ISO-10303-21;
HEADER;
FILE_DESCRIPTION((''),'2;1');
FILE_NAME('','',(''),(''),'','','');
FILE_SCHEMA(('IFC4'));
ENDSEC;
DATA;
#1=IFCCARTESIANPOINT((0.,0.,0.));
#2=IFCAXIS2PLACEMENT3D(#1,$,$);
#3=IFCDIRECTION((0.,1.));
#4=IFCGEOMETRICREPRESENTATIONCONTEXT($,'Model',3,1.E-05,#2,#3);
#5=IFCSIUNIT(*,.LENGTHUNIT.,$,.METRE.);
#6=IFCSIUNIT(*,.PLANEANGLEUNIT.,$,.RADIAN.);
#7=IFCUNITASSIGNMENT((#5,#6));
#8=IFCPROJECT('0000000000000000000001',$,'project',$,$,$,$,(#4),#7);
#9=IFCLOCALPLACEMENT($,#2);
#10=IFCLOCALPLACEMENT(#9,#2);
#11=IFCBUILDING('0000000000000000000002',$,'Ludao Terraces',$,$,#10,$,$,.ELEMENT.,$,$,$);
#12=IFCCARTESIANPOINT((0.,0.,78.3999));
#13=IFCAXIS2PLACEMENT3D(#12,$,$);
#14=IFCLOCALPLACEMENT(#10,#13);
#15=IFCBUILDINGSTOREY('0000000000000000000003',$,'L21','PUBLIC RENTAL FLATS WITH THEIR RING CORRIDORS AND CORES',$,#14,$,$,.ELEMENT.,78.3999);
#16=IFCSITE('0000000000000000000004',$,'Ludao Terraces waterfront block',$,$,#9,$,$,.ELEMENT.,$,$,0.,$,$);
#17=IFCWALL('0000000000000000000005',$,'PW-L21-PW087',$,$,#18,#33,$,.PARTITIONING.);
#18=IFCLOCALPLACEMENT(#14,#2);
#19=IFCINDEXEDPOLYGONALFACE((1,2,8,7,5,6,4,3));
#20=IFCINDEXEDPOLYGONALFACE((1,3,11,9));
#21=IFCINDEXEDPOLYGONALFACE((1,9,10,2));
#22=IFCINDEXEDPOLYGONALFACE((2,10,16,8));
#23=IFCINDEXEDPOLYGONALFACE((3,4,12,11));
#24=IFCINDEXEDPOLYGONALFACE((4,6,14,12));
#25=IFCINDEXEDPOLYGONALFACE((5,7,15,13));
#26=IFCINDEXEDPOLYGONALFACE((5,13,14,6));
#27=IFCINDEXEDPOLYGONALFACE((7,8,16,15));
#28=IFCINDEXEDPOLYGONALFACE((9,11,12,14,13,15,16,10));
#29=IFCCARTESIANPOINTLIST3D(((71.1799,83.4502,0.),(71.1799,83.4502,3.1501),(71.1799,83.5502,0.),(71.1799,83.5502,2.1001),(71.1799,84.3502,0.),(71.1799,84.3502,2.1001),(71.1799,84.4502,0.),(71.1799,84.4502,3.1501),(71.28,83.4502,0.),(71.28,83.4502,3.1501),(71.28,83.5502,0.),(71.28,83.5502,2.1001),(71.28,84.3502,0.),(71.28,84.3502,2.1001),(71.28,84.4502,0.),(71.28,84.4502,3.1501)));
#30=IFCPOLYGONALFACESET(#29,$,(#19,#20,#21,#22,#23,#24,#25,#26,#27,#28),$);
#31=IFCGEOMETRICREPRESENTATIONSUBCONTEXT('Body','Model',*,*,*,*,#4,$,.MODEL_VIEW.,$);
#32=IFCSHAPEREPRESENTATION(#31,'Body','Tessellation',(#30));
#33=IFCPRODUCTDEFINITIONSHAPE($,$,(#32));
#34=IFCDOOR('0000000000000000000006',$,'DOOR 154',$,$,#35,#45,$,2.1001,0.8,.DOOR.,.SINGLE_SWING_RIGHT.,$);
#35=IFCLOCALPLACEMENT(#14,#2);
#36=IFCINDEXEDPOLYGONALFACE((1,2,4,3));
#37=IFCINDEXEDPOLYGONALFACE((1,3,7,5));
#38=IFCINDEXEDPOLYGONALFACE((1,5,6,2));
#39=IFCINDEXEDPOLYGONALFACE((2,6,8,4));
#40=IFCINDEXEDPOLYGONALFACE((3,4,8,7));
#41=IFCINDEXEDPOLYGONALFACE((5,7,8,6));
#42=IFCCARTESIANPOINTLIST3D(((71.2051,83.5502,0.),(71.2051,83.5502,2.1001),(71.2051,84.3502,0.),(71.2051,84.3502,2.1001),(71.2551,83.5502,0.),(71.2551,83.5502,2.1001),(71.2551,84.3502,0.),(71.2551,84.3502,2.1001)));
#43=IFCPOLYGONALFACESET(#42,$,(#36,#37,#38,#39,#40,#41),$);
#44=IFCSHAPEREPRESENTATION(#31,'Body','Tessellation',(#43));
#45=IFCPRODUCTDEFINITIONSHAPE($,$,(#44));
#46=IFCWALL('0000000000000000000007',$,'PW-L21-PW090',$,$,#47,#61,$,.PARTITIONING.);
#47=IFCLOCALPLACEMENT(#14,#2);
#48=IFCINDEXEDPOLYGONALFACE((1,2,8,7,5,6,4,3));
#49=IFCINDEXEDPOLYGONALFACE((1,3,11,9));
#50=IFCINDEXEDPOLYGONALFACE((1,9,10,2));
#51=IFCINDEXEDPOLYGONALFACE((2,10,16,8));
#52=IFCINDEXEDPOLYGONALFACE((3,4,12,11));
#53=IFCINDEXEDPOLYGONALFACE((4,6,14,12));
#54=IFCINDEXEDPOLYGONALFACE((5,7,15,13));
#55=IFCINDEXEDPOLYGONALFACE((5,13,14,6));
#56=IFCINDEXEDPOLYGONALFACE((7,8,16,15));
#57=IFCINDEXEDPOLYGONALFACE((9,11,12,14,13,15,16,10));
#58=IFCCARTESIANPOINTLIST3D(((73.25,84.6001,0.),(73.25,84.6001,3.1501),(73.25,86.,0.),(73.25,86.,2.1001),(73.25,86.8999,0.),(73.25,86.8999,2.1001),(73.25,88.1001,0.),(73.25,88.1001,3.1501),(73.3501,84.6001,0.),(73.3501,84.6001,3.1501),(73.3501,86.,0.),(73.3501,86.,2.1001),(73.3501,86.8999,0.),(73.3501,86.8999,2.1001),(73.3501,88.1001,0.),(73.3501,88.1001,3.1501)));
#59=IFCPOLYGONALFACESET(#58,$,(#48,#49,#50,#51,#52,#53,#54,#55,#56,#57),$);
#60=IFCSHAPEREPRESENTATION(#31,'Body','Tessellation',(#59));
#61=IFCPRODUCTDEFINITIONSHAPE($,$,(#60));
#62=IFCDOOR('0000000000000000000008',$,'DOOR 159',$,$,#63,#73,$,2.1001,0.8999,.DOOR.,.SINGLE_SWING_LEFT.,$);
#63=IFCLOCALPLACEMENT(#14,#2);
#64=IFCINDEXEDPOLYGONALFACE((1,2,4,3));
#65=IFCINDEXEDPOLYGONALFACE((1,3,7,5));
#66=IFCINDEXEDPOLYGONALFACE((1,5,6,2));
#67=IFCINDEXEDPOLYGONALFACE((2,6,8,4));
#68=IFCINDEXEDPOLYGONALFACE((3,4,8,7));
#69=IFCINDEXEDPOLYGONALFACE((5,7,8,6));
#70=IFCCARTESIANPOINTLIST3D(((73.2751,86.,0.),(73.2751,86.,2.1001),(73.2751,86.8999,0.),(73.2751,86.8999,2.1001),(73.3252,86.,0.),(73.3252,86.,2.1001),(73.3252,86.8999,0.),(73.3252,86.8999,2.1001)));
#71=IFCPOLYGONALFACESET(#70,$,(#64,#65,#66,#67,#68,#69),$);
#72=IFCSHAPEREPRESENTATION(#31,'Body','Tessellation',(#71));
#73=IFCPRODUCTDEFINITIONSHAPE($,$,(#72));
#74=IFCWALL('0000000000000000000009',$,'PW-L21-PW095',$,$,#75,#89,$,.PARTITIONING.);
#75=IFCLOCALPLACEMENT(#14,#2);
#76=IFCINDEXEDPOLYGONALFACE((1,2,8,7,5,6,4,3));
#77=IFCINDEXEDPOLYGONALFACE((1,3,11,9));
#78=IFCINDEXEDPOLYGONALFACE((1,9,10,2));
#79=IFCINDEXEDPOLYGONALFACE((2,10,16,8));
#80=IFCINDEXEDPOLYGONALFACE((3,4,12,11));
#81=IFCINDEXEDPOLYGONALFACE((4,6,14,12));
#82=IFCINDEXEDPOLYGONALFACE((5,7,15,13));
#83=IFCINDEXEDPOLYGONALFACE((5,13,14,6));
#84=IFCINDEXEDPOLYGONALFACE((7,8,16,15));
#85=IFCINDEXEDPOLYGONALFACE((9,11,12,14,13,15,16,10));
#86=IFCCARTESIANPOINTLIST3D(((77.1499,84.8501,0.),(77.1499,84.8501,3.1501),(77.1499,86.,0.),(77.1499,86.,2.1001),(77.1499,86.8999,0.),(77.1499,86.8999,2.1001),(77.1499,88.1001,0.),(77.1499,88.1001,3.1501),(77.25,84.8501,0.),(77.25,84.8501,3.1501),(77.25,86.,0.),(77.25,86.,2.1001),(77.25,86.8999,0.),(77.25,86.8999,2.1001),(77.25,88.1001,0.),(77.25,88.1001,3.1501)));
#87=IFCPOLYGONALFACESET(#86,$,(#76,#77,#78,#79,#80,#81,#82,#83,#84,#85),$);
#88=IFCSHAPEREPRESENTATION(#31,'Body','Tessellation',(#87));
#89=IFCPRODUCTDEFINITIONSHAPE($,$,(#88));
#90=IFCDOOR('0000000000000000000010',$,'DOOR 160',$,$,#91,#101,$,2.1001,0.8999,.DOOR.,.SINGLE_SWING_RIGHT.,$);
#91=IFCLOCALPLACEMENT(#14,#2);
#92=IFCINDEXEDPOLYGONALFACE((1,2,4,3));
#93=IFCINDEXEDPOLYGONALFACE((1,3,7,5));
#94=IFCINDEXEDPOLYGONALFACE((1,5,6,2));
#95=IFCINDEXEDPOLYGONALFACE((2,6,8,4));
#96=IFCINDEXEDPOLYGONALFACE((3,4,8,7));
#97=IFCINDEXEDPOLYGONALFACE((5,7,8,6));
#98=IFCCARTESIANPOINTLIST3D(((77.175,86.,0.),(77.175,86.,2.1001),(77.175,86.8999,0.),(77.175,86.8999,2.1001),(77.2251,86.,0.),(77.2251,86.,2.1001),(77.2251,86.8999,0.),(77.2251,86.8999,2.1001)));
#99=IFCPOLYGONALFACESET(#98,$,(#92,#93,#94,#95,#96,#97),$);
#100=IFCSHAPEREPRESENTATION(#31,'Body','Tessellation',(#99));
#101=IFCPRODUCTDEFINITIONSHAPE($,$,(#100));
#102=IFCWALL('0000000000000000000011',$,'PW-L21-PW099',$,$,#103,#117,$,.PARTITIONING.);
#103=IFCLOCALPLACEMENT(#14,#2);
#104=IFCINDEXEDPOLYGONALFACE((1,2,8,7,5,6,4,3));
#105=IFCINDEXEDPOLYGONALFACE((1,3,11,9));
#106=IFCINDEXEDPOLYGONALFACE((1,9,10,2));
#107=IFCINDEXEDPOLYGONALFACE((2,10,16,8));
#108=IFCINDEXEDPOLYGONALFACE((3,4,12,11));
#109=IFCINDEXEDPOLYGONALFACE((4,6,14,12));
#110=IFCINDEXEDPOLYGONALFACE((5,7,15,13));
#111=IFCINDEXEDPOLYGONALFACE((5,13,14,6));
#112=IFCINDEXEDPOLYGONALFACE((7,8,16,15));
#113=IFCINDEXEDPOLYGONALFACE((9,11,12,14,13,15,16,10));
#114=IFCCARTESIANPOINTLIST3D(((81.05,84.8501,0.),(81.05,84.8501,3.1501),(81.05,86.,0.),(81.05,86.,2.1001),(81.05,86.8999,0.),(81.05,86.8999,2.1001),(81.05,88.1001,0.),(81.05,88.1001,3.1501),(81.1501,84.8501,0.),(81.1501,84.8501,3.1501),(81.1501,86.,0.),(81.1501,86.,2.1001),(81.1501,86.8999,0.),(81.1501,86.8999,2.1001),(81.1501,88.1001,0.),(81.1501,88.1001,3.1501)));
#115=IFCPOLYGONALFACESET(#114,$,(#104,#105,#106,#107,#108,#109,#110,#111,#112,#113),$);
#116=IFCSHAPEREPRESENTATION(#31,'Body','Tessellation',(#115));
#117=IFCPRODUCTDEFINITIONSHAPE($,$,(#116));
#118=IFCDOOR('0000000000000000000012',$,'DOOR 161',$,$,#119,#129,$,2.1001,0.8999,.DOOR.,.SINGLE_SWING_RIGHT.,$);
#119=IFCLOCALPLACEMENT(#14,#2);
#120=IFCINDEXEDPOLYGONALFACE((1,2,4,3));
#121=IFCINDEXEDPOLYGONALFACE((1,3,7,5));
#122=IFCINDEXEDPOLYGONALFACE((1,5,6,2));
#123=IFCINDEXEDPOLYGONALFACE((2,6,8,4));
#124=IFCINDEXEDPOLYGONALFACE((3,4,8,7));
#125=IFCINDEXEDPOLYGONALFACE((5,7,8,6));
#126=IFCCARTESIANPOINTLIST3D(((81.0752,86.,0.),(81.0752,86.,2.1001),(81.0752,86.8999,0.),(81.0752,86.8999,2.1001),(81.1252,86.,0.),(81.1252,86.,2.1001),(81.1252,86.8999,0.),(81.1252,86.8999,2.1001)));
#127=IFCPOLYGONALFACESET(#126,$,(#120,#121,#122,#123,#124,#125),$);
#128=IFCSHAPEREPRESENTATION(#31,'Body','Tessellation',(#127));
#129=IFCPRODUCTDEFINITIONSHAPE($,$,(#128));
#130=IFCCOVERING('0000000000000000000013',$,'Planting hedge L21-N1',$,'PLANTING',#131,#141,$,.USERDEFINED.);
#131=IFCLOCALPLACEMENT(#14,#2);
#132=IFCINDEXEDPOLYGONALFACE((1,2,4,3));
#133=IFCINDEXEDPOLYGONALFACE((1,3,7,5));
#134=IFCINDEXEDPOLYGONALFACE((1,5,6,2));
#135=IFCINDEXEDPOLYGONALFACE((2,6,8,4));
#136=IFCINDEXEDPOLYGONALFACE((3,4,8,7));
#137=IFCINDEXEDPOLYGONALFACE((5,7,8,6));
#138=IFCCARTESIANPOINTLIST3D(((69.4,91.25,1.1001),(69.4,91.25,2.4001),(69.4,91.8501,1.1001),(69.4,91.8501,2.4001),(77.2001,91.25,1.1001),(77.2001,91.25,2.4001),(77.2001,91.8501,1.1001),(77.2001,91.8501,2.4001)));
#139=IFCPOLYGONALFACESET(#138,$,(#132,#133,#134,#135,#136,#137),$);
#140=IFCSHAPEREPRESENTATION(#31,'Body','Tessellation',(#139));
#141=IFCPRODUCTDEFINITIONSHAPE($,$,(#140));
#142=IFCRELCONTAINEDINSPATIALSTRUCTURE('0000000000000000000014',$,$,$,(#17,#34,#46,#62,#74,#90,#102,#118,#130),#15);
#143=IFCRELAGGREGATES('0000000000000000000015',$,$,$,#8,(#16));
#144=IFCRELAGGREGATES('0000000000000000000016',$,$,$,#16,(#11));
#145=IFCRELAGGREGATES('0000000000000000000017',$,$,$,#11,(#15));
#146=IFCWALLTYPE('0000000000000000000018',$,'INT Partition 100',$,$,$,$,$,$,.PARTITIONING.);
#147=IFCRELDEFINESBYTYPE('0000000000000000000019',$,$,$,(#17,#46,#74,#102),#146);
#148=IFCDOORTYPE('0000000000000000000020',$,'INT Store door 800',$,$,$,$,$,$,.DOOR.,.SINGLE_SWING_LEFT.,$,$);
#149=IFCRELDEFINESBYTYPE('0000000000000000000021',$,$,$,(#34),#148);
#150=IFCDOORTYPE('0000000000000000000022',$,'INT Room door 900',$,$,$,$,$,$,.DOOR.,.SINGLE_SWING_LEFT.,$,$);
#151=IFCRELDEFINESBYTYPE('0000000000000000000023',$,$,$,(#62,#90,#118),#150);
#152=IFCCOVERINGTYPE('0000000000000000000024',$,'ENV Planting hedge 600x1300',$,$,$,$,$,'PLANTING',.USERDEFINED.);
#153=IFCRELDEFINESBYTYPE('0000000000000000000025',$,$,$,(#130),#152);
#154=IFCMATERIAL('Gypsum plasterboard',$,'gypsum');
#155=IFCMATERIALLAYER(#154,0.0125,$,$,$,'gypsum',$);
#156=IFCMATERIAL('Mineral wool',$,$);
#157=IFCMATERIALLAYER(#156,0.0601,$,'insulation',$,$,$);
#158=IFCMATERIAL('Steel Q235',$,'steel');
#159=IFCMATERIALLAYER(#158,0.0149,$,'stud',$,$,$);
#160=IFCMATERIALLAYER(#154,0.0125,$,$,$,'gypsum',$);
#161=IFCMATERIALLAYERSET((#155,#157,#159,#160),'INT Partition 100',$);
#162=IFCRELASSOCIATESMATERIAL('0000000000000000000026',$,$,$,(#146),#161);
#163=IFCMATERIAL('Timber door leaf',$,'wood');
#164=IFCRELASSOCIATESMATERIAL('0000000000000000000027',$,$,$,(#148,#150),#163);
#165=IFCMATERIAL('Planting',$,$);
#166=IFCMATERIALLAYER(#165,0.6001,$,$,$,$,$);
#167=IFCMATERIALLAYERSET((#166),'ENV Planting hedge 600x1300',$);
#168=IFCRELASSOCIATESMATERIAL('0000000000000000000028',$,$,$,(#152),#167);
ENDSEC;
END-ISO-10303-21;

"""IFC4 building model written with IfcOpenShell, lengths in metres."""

from ifc_helpers import new_model, si_unit, direction, frame, frame_2d, origin, origin_2d, place, context, subcontext, project, spatial, rectangle, extrude, material, layer, layer_set, type_object, element, fill, save


model = new_model("IFC4")

# Units and contexts
model_context = context("Model", 3, precision=1e-05, world=origin(), true_north=direction((0.0, 1.0)))
body_context = subcontext(model_context, "Body", "Model", "MODEL_VIEW")
ifc_project = project(units=[si_unit("LENGTHUNIT", "METRE"), si_unit("PLANEANGLEUNIT", "RADIAN")], contexts=[model_context])

# Site, building, storey
site_placement = place(None, origin())
site = spatial("IfcSite", under=ifc_project, at=site_placement, Name="Ludao Terraces waterfront block", CompositionType="ELEMENT", RefElevation=0.0)
building_placement = place(site_placement, origin())
building = spatial("IfcBuilding", under=site, at=building_placement, Name="Ludao Terraces", CompositionType="ELEMENT")
storey_placement = place(building_placement, frame((0.0, 0.0, 78.3999)))
storey = spatial("IfcBuildingStorey", under=building, at=storey_placement, Name="L21", Description="PUBLIC RENTAL FLATS WITH THEIR RING CORRIDORS AND CORES", CompositionType="ELEMENT", Elevation=78.3999)

# Shared definitions
ifc_material_1 = material(Name="Mineral wool")

# Shared definitions
ifc_material_2 = material(Name="Gypsum plasterboard", Category="gypsum")
ifc_layer_1 = layer(ifc_material_2, 0.0125, Category="gypsum")
ifc_layer_2 = layer(ifc_material_1, 0.0601, Name="insulation")
ifc_material_3 = material(Name="Steel Q235", Category="steel")
ifc_layer_3 = layer(ifc_material_3, 0.0149, Name="stud")
ifc_layer_4 = layer(ifc_material_2, 0.0125, Category="gypsum")
ifc_layer_set_1 = layer_set([ifc_layer_1, ifc_layer_2, ifc_layer_3, ifc_layer_4], Name="INT Partition 100")
wall_type_1 = type_object("IfcWallType", Name="INT Partition 100", PredefinedType="PARTITIONING", material=ifc_layer_set_1)

# Walls, openings, doors
wall_1_placement = place(storey_placement, frame((71.23, 83.4502, 0.0), z_axis=(0.0, 0.0, 1.0), x_axis=(0.0, 1.0, 0.0)))
wall_1 = element("IfcWall", 1, at=wall_1_placement, inside=storey, type_object=wall_type_1, Name="PW-L21-PW087", PredefinedType="PARTITIONING", context=body_context, shape_type="SweptSolid", body=[
    extrude(rectangle(XDim=1.0, YDim=0.1001, at=frame_2d((0.5, 0.0))), origin(), (0.0, 0.0, 1.0), 3.1501),
])
opening_1_placement = place(wall_1_placement, frame((0.1001, 0.0, 0.0)))
opening_1 = element("IfcOpeningElement", 2, at=opening_1_placement, cuts=wall_1, PredefinedType="OPENING", context=body_context, shape_type="SweptSolid", body=[
    extrude(rectangle(XDim=0.8, YDim=2.1001, at=frame_2d((0.3999, 1.05))), frame((0.0, 0.0601, 0.0), z_axis=(0.0, -1.0, 0.0), x_axis=(1.0, 0.0, 0.0)), (0.0, 0.0, 1.0), 0.1201),
])
ifc_material_4 = material(Name="Timber door leaf", Category="wood")
door_type_1 = type_object("IfcDoorType", Name="INT Store door 800", OperationType="SINGLE_SWING_LEFT", PredefinedType="DOOR", material=ifc_material_4)
door_1_placement = place(opening_1_placement, origin())
door_1 = element("IfcDoor", 3, at=door_1_placement, inside=storey, type_object=door_type_1, Name="DOOR 154", OperationType="SINGLE_SWING_RIGHT", OverallHeight=2.1001, OverallWidth=0.8, PredefinedType="DOOR", context=body_context, shape_type="SweptSolid", body=[
    extrude(rectangle(XDim=0.8, YDim=2.1001, at=frame_2d((0.3999, 1.05))), frame((0.0, 0.0249, 0.0), z_axis=(0.0, -1.0, 0.0), x_axis=(1.0, 0.0, 0.0)), (0.0, 0.0, 1.0), 0.05),
])
fill(opening_1, door_1)
wall_2_placement = place(storey_placement, frame((73.3, 84.6001, 0.0), z_axis=(0.0, 0.0, 1.0), x_axis=(0.0, 1.0, 0.0)))
wall_2 = element("IfcWall", 4, at=wall_2_placement, inside=storey, type_object=wall_type_1, Name="PW-L21-PW090", PredefinedType="PARTITIONING", context=body_context, shape_type="SweptSolid", body=[
    extrude(rectangle(XDim=3.5, YDim=0.1001, at=frame_2d((1.75, 0.0))), origin(), (0.0, 0.0, 1.0), 3.1501),
])
opening_2_placement = place(wall_2_placement, frame((1.3999, 0.0, 0.0)))
opening_2 = element("IfcOpeningElement", 5, at=opening_2_placement, cuts=wall_2, PredefinedType="OPENING", context=body_context, shape_type="SweptSolid", body=[
    extrude(rectangle(XDim=0.8999, YDim=2.1001, at=frame_2d((0.45, 1.05))), frame((0.0, 0.0601, 0.0), z_axis=(0.0, -1.0, 0.0), x_axis=(1.0, 0.0, 0.0)), (0.0, 0.0, 1.0), 0.1201),
])
door_type_2 = type_object("IfcDoorType", Name="INT Room door 900", OperationType="SINGLE_SWING_LEFT", PredefinedType="DOOR", material=ifc_material_4)
door_2_placement = place(opening_2_placement, origin())
door_2 = element("IfcDoor", 6, at=door_2_placement, inside=storey, type_object=door_type_2, Name="DOOR 159", OperationType="SINGLE_SWING_LEFT", OverallHeight=2.1001, OverallWidth=0.8999, PredefinedType="DOOR", context=body_context, shape_type="SweptSolid", body=[
    extrude(rectangle(XDim=0.8999, YDim=2.1001, at=frame_2d((0.45, 1.05))), frame((0.0, 0.0249, 0.0), z_axis=(0.0, -1.0, 0.0), x_axis=(1.0, 0.0, 0.0)), (0.0, 0.0, 1.0), 0.05),
])
fill(opening_2, door_2)
wall_3_placement = place(storey_placement, frame((77.2, 84.8501, 0.0), z_axis=(0.0, 0.0, 1.0), x_axis=(0.0, 1.0, 0.0)))
wall_3 = element("IfcWall", 7, at=wall_3_placement, inside=storey, type_object=wall_type_1, Name="PW-L21-PW095", PredefinedType="PARTITIONING", context=body_context, shape_type="SweptSolid", body=[
    extrude(rectangle(XDim=3.25, YDim=0.1001, at=frame_2d((1.625, 0.0))), origin(), (0.0, 0.0, 1.0), 3.1501),
])
opening_3_placement = place(wall_3_placement, frame((1.1499, 0.0, 0.0)))
opening_3 = element("IfcOpeningElement", 8, at=opening_3_placement, cuts=wall_3, PredefinedType="OPENING", context=body_context, shape_type="SweptSolid", body=[
    extrude(rectangle(XDim=0.8999, YDim=2.1001, at=frame_2d((0.45, 1.05))), frame((0.0, 0.0601, 0.0), z_axis=(0.0, -1.0, 0.0), x_axis=(1.0, 0.0, 0.0)), (0.0, 0.0, 1.0), 0.1201),
])
door_3_placement = place(opening_3_placement, origin())
door_3 = element("IfcDoor", 9, at=door_3_placement, inside=storey, type_object=door_type_2, Name="DOOR 160", OperationType="SINGLE_SWING_RIGHT", OverallHeight=2.1001, OverallWidth=0.8999, PredefinedType="DOOR", context=body_context, shape_type="SweptSolid", body=[
    extrude(rectangle(XDim=0.8999, YDim=2.1001, at=frame_2d((0.45, 1.05))), frame((0.0, 0.0249, 0.0), z_axis=(0.0, -1.0, 0.0), x_axis=(1.0, 0.0, 0.0)), (0.0, 0.0, 1.0), 0.05),
])
fill(opening_3, door_3)
wall_4_placement = place(storey_placement, frame((81.1001, 84.8501, 0.0), z_axis=(0.0, 0.0, 1.0), x_axis=(0.0, 1.0, 0.0)))
wall_4 = element("IfcWall", 10, at=wall_4_placement, inside=storey, type_object=wall_type_1, Name="PW-L21-PW099", PredefinedType="PARTITIONING", context=body_context, shape_type="SweptSolid", body=[
    extrude(rectangle(XDim=3.25, YDim=0.1001, at=frame_2d((1.625, 0.0))), origin(), (0.0, 0.0, 1.0), 3.1501),
])
opening_4_placement = place(wall_4_placement, frame((1.1499, 0.0, 0.0)))
opening_4 = element("IfcOpeningElement", 11, at=opening_4_placement, cuts=wall_4, PredefinedType="OPENING", context=body_context, shape_type="SweptSolid", body=[
    extrude(rectangle(XDim=0.8999, YDim=2.1001, at=frame_2d((0.45, 1.05))), frame((0.0, 0.0601, 0.0), z_axis=(0.0, -1.0, 0.0), x_axis=(1.0, 0.0, 0.0)), (0.0, 0.0, 1.0), 0.1201),
])
door_4_placement = place(opening_4_placement, origin())
door_4 = element("IfcDoor", 12, at=door_4_placement, inside=storey, type_object=door_type_2, Name="DOOR 161", OperationType="SINGLE_SWING_RIGHT", OverallHeight=2.1001, OverallWidth=0.8999, PredefinedType="DOOR", context=body_context, shape_type="SweptSolid", body=[
    extrude(rectangle(XDim=0.8999, YDim=2.1001, at=frame_2d((0.45, 1.05))), frame((0.0, 0.0249, 0.0), z_axis=(0.0, -1.0, 0.0), x_axis=(1.0, 0.0, 0.0)), (0.0, 0.0, 1.0), 0.05),
])
fill(opening_4, door_4)

# Covering
ifc_material_5 = material(Name="Planting")
ifc_layer_5 = layer(ifc_material_5, 0.6001)
ifc_layer_set_2 = layer_set([ifc_layer_5], Name="ENV Planting hedge 600x1300")
covering_type = type_object("IfcCoveringType", Name="ENV Planting hedge 600x1300", ElementType="PLANTING", PredefinedType="USERDEFINED", material=ifc_layer_set_2)
covering_placement = place(storey_placement, frame((73.3, 91.55, 1.1001), z_axis=(0.0, 0.0, 1.0), x_axis=(1.0, 0.0, 0.0)))
element("IfcCovering", 13, at=covering_placement, inside=storey, type_object=covering_type, Name="Planting hedge L21-N1", ObjectType="PLANTING", PredefinedType="USERDEFINED", context=body_context, shape_type="SweptSolid", body=[
    extrude(rectangle(XDim=7.8, YDim=0.6001, at=origin_2d()), origin(), (0.0, 0.0, 1.0), 1.3),
])

save(model, "model.ifc")
